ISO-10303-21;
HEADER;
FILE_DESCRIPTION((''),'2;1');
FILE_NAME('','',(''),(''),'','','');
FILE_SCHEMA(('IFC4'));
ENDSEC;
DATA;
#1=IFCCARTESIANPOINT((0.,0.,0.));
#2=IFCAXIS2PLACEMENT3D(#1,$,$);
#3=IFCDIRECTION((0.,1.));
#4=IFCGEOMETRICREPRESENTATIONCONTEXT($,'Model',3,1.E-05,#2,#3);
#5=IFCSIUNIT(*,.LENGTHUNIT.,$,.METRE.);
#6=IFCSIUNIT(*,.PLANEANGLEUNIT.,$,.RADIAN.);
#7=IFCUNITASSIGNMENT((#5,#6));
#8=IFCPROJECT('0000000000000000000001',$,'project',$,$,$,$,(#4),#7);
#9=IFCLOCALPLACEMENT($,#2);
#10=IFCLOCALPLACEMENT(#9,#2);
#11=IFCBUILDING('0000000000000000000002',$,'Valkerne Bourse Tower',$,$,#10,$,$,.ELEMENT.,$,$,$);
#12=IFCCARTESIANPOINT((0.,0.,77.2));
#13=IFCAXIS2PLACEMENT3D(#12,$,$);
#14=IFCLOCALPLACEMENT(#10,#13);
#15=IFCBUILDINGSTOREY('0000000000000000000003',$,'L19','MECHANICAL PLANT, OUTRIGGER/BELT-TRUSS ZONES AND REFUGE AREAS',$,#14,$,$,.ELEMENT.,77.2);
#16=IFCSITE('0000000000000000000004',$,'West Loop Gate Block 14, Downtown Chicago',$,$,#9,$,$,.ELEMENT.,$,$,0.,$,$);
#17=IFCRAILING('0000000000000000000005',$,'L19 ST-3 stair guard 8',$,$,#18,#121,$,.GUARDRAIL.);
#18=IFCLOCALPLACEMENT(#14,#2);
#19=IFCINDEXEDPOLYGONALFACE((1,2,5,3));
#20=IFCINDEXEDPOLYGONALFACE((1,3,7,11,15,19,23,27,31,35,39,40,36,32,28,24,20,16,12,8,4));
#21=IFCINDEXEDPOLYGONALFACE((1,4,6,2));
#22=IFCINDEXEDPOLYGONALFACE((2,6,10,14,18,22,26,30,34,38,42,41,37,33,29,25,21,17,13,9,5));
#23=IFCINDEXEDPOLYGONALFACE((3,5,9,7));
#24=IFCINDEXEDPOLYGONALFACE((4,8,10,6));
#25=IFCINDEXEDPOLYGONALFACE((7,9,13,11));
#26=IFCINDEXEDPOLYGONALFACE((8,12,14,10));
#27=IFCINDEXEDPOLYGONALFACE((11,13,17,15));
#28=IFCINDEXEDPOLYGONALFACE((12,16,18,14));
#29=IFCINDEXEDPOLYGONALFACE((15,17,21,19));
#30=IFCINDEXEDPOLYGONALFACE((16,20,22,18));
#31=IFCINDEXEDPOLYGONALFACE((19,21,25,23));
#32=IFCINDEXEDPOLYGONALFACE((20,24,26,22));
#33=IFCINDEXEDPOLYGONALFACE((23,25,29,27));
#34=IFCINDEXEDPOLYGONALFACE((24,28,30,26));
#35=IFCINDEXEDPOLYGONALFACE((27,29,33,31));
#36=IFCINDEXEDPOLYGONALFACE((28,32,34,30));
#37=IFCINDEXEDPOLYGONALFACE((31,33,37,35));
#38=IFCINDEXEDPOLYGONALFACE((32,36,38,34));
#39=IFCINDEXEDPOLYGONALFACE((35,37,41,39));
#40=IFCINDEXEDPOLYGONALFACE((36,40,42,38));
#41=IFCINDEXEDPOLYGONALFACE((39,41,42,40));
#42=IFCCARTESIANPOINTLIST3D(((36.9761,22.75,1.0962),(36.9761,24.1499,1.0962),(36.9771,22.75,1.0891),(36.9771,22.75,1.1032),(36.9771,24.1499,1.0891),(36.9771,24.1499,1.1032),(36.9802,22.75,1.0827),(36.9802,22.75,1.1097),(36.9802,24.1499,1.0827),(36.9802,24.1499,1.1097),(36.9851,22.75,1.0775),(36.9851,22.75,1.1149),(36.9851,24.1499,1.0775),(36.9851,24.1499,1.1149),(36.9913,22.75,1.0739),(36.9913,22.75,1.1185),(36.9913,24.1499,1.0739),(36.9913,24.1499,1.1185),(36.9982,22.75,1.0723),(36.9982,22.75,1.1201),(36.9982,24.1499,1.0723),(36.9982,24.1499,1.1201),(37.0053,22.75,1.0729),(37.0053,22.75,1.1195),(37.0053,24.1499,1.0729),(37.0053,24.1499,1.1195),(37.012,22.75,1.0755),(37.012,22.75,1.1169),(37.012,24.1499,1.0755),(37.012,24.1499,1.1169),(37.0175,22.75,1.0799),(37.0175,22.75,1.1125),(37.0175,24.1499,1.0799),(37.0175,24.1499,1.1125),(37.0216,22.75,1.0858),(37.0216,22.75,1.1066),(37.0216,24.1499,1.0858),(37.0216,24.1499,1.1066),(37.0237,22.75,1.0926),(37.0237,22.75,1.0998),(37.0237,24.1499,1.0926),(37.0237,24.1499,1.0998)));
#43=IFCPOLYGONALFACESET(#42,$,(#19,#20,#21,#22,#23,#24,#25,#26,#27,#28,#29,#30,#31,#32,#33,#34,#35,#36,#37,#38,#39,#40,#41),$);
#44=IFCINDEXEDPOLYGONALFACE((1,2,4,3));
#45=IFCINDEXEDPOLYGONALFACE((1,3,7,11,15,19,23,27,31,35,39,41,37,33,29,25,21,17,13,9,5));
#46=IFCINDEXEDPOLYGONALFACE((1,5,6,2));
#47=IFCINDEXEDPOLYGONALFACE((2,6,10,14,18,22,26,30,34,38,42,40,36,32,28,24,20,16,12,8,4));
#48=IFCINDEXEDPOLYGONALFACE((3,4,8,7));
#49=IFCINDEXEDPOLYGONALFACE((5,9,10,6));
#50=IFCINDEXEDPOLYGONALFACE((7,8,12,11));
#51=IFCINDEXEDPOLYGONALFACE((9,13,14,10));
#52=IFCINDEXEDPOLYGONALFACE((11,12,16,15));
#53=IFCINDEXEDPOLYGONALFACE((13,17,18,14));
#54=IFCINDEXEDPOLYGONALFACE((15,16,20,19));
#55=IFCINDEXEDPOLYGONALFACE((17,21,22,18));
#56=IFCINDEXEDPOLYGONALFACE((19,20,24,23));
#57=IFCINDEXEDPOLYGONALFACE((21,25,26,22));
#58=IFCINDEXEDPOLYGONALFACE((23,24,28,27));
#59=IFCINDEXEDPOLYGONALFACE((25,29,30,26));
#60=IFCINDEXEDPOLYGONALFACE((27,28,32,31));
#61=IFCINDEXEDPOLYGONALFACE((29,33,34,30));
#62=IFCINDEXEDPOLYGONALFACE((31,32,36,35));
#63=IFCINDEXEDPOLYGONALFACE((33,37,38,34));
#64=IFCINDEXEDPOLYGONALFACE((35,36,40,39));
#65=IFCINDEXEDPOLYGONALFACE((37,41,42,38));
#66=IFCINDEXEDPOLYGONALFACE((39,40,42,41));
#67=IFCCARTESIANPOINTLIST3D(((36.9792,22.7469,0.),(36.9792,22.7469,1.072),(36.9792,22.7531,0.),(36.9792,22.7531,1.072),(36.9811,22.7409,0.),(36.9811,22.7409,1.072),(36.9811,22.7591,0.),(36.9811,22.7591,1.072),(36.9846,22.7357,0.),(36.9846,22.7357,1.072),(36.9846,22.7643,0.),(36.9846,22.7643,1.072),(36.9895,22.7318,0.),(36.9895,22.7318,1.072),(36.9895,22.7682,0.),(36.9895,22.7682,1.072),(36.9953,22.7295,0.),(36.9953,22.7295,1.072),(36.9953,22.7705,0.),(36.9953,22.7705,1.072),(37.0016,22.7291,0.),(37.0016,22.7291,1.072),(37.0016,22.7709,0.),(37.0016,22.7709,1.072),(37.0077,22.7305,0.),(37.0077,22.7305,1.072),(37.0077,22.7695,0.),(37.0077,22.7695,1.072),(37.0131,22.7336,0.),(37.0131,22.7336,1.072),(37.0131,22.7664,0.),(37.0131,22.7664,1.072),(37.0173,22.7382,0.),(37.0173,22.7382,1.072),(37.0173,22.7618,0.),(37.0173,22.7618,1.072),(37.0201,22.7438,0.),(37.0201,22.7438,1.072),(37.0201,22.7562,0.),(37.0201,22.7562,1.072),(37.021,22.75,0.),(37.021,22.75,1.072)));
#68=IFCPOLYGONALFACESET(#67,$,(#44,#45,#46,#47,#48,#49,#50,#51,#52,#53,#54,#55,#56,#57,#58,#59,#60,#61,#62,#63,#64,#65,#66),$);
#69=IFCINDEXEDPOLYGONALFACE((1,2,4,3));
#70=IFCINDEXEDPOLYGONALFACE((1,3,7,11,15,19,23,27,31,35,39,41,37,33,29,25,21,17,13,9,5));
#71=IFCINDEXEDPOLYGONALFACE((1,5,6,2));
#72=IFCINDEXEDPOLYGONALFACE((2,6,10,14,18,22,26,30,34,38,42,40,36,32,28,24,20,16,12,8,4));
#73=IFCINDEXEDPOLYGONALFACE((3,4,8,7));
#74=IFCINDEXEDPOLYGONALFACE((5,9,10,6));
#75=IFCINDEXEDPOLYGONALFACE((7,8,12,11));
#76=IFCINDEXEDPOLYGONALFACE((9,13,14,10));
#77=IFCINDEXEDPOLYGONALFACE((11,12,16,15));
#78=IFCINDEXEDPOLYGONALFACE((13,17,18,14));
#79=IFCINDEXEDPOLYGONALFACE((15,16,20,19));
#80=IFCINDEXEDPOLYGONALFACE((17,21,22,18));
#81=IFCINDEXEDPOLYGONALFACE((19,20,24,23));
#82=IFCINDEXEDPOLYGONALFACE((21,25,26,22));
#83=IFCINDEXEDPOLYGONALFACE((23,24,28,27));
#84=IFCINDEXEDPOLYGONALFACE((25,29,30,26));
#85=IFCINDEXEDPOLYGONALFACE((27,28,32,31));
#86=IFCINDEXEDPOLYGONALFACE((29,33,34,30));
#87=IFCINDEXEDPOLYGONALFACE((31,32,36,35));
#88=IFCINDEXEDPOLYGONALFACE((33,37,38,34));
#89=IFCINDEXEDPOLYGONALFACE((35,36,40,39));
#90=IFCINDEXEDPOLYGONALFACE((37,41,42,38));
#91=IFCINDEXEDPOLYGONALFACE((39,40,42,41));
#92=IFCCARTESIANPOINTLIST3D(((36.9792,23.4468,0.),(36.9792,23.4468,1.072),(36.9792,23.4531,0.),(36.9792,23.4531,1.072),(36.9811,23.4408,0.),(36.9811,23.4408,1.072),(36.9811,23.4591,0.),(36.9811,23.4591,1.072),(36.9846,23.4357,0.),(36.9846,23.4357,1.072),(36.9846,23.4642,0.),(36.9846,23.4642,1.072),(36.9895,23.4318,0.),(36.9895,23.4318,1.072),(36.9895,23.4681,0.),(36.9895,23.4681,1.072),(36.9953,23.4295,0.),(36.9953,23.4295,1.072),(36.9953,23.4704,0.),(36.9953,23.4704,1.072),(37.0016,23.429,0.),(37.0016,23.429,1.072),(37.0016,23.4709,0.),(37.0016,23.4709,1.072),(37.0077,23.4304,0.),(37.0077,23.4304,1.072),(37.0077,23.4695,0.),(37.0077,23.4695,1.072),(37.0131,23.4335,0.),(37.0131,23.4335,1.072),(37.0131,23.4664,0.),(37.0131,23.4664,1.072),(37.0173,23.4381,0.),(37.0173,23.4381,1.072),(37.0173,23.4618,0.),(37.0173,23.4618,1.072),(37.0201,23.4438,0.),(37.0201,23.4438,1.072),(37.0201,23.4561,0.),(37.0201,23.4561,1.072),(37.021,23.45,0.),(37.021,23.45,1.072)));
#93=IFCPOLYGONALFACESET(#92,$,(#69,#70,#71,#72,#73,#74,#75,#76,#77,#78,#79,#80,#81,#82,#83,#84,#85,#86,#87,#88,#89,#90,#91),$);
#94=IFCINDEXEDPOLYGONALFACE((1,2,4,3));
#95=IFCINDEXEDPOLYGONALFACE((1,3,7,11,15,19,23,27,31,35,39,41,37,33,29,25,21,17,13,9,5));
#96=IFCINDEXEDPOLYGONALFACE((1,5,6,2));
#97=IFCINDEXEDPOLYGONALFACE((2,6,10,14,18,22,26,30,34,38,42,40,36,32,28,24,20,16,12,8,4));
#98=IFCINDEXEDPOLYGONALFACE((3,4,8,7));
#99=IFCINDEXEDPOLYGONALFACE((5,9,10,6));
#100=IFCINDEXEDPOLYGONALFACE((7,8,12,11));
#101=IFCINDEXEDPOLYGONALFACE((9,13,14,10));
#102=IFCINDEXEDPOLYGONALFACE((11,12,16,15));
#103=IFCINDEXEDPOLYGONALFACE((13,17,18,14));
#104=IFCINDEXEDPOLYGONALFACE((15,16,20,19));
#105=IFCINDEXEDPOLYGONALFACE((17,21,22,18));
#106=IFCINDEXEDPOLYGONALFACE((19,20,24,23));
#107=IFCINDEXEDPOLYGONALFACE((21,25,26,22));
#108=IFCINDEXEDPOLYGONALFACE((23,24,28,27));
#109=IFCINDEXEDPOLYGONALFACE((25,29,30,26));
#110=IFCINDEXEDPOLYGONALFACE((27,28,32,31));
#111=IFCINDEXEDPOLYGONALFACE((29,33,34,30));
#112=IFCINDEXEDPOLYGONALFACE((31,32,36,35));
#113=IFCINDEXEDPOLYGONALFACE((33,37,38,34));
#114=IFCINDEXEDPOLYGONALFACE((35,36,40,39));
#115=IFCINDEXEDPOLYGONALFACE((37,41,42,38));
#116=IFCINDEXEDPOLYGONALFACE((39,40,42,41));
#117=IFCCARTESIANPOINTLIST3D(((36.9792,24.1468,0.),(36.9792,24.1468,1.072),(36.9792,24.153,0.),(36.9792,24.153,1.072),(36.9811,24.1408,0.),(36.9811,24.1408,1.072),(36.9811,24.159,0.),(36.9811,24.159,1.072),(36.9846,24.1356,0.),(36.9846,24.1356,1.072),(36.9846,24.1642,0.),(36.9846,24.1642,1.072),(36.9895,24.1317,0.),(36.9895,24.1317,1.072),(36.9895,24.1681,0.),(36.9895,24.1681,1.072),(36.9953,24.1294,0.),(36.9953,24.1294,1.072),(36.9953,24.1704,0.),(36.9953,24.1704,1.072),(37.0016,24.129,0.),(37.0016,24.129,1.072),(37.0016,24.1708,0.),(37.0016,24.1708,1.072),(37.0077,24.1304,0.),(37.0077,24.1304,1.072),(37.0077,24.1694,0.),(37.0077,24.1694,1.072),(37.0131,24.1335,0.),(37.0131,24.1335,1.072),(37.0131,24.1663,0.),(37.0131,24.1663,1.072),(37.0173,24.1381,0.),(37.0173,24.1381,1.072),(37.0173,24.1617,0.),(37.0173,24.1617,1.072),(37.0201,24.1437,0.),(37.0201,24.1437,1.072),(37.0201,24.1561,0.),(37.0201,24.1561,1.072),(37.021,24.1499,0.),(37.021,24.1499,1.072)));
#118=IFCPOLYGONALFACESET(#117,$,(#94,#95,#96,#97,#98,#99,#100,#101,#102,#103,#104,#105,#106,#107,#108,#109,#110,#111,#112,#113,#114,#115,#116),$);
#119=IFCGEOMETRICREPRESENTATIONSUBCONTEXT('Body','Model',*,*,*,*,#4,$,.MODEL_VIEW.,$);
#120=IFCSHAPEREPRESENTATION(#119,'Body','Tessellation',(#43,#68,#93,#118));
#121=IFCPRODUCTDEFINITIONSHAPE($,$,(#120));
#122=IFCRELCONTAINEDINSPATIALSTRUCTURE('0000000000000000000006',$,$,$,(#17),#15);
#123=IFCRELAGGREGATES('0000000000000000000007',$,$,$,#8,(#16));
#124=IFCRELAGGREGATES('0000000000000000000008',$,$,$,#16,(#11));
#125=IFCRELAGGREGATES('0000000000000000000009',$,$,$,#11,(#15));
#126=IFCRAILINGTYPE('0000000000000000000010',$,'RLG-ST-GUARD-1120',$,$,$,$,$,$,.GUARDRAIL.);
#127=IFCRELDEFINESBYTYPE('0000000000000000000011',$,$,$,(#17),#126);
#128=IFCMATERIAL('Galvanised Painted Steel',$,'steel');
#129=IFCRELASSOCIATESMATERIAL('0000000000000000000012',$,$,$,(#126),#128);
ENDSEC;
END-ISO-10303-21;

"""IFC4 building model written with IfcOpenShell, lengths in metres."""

from ifc_helpers import new_model, si_unit, direction, frame, origin, origin_2d, place, context, subcontext, project, spatial, circle, extrude, material, type_object, element, save


model = new_model("IFC4")

# Units and contexts
model_context = context("Model", 3, precision=1e-05, world=origin(), true_north=direction((0.0, 1.0)))
body_context = subcontext(model_context, "Body", "Model", "MODEL_VIEW")
ifc_project = project(units=[si_unit("LENGTHUNIT", "METRE"), si_unit("PLANEANGLEUNIT", "RADIAN")], contexts=[model_context])

# Site, building, storey
site_placement = place(None, origin())
site = spatial("IfcSite", under=ifc_project, at=site_placement, Name="West Loop Gate Block 14, Downtown Chicago", CompositionType="ELEMENT", RefElevation=0.0)
building_placement = place(site_placement, origin())
building = spatial("IfcBuilding", under=site, at=building_placement, Name="Valkerne Bourse Tower", CompositionType="ELEMENT")
storey_placement = place(building_placement, frame((0.0, 0.0, 77.2)))
storey = spatial("IfcBuildingStorey", under=building, at=storey_placement, Name="L19", Description="MECHANICAL PLANT, OUTRIGGER/BELT-TRUSS ZONES AND REFUGE AREAS", CompositionType="ELEMENT", Elevation=77.2)

# Shared definitions
ifc_material_1 = material(Name="Galvanised Painted Steel", Category="steel")

# Railing
railing_type_1 = type_object("IfcRailingType", Name="RLG-ST-GUARD-1120", PredefinedType="GUARDRAIL", material=ifc_material_1)
railing_1_placement = place(storey_placement, frame((37.0, 22.75, 0.0)))
element("IfcRailing", 1, at=railing_1_placement, inside=storey, type_object=railing_type_1, Name="L19 ST-3 stair guard 8", PredefinedType="GUARDRAIL", context=body_context, shape_type="SweptSolid", body=[
    extrude(circle(Radius=0.0239, at=origin_2d()), frame((0.0, 0.0, 1.0962), z_axis=(0.0, 1.0, 0.0), x_axis=(-1.0, 0.0, 0.0)), (0.0, 0.0, 1.0), 1.3999),
    extrude(circle(Radius=0.021, at=origin_2d()), origin(), (0.0, 0.0, 1.0), 1.072),
    extrude(circle(Radius=0.021, at=origin_2d()), frame((0.0, 0.7, 0.0)), (0.0, 0.0, 1.0), 1.072),
    extrude(circle(Radius=0.021, at=origin_2d()), frame((0.0, 1.3999, 0.0)), (0.0, 0.0, 1.0), 1.072),
])

save(model, "model.ifc")
